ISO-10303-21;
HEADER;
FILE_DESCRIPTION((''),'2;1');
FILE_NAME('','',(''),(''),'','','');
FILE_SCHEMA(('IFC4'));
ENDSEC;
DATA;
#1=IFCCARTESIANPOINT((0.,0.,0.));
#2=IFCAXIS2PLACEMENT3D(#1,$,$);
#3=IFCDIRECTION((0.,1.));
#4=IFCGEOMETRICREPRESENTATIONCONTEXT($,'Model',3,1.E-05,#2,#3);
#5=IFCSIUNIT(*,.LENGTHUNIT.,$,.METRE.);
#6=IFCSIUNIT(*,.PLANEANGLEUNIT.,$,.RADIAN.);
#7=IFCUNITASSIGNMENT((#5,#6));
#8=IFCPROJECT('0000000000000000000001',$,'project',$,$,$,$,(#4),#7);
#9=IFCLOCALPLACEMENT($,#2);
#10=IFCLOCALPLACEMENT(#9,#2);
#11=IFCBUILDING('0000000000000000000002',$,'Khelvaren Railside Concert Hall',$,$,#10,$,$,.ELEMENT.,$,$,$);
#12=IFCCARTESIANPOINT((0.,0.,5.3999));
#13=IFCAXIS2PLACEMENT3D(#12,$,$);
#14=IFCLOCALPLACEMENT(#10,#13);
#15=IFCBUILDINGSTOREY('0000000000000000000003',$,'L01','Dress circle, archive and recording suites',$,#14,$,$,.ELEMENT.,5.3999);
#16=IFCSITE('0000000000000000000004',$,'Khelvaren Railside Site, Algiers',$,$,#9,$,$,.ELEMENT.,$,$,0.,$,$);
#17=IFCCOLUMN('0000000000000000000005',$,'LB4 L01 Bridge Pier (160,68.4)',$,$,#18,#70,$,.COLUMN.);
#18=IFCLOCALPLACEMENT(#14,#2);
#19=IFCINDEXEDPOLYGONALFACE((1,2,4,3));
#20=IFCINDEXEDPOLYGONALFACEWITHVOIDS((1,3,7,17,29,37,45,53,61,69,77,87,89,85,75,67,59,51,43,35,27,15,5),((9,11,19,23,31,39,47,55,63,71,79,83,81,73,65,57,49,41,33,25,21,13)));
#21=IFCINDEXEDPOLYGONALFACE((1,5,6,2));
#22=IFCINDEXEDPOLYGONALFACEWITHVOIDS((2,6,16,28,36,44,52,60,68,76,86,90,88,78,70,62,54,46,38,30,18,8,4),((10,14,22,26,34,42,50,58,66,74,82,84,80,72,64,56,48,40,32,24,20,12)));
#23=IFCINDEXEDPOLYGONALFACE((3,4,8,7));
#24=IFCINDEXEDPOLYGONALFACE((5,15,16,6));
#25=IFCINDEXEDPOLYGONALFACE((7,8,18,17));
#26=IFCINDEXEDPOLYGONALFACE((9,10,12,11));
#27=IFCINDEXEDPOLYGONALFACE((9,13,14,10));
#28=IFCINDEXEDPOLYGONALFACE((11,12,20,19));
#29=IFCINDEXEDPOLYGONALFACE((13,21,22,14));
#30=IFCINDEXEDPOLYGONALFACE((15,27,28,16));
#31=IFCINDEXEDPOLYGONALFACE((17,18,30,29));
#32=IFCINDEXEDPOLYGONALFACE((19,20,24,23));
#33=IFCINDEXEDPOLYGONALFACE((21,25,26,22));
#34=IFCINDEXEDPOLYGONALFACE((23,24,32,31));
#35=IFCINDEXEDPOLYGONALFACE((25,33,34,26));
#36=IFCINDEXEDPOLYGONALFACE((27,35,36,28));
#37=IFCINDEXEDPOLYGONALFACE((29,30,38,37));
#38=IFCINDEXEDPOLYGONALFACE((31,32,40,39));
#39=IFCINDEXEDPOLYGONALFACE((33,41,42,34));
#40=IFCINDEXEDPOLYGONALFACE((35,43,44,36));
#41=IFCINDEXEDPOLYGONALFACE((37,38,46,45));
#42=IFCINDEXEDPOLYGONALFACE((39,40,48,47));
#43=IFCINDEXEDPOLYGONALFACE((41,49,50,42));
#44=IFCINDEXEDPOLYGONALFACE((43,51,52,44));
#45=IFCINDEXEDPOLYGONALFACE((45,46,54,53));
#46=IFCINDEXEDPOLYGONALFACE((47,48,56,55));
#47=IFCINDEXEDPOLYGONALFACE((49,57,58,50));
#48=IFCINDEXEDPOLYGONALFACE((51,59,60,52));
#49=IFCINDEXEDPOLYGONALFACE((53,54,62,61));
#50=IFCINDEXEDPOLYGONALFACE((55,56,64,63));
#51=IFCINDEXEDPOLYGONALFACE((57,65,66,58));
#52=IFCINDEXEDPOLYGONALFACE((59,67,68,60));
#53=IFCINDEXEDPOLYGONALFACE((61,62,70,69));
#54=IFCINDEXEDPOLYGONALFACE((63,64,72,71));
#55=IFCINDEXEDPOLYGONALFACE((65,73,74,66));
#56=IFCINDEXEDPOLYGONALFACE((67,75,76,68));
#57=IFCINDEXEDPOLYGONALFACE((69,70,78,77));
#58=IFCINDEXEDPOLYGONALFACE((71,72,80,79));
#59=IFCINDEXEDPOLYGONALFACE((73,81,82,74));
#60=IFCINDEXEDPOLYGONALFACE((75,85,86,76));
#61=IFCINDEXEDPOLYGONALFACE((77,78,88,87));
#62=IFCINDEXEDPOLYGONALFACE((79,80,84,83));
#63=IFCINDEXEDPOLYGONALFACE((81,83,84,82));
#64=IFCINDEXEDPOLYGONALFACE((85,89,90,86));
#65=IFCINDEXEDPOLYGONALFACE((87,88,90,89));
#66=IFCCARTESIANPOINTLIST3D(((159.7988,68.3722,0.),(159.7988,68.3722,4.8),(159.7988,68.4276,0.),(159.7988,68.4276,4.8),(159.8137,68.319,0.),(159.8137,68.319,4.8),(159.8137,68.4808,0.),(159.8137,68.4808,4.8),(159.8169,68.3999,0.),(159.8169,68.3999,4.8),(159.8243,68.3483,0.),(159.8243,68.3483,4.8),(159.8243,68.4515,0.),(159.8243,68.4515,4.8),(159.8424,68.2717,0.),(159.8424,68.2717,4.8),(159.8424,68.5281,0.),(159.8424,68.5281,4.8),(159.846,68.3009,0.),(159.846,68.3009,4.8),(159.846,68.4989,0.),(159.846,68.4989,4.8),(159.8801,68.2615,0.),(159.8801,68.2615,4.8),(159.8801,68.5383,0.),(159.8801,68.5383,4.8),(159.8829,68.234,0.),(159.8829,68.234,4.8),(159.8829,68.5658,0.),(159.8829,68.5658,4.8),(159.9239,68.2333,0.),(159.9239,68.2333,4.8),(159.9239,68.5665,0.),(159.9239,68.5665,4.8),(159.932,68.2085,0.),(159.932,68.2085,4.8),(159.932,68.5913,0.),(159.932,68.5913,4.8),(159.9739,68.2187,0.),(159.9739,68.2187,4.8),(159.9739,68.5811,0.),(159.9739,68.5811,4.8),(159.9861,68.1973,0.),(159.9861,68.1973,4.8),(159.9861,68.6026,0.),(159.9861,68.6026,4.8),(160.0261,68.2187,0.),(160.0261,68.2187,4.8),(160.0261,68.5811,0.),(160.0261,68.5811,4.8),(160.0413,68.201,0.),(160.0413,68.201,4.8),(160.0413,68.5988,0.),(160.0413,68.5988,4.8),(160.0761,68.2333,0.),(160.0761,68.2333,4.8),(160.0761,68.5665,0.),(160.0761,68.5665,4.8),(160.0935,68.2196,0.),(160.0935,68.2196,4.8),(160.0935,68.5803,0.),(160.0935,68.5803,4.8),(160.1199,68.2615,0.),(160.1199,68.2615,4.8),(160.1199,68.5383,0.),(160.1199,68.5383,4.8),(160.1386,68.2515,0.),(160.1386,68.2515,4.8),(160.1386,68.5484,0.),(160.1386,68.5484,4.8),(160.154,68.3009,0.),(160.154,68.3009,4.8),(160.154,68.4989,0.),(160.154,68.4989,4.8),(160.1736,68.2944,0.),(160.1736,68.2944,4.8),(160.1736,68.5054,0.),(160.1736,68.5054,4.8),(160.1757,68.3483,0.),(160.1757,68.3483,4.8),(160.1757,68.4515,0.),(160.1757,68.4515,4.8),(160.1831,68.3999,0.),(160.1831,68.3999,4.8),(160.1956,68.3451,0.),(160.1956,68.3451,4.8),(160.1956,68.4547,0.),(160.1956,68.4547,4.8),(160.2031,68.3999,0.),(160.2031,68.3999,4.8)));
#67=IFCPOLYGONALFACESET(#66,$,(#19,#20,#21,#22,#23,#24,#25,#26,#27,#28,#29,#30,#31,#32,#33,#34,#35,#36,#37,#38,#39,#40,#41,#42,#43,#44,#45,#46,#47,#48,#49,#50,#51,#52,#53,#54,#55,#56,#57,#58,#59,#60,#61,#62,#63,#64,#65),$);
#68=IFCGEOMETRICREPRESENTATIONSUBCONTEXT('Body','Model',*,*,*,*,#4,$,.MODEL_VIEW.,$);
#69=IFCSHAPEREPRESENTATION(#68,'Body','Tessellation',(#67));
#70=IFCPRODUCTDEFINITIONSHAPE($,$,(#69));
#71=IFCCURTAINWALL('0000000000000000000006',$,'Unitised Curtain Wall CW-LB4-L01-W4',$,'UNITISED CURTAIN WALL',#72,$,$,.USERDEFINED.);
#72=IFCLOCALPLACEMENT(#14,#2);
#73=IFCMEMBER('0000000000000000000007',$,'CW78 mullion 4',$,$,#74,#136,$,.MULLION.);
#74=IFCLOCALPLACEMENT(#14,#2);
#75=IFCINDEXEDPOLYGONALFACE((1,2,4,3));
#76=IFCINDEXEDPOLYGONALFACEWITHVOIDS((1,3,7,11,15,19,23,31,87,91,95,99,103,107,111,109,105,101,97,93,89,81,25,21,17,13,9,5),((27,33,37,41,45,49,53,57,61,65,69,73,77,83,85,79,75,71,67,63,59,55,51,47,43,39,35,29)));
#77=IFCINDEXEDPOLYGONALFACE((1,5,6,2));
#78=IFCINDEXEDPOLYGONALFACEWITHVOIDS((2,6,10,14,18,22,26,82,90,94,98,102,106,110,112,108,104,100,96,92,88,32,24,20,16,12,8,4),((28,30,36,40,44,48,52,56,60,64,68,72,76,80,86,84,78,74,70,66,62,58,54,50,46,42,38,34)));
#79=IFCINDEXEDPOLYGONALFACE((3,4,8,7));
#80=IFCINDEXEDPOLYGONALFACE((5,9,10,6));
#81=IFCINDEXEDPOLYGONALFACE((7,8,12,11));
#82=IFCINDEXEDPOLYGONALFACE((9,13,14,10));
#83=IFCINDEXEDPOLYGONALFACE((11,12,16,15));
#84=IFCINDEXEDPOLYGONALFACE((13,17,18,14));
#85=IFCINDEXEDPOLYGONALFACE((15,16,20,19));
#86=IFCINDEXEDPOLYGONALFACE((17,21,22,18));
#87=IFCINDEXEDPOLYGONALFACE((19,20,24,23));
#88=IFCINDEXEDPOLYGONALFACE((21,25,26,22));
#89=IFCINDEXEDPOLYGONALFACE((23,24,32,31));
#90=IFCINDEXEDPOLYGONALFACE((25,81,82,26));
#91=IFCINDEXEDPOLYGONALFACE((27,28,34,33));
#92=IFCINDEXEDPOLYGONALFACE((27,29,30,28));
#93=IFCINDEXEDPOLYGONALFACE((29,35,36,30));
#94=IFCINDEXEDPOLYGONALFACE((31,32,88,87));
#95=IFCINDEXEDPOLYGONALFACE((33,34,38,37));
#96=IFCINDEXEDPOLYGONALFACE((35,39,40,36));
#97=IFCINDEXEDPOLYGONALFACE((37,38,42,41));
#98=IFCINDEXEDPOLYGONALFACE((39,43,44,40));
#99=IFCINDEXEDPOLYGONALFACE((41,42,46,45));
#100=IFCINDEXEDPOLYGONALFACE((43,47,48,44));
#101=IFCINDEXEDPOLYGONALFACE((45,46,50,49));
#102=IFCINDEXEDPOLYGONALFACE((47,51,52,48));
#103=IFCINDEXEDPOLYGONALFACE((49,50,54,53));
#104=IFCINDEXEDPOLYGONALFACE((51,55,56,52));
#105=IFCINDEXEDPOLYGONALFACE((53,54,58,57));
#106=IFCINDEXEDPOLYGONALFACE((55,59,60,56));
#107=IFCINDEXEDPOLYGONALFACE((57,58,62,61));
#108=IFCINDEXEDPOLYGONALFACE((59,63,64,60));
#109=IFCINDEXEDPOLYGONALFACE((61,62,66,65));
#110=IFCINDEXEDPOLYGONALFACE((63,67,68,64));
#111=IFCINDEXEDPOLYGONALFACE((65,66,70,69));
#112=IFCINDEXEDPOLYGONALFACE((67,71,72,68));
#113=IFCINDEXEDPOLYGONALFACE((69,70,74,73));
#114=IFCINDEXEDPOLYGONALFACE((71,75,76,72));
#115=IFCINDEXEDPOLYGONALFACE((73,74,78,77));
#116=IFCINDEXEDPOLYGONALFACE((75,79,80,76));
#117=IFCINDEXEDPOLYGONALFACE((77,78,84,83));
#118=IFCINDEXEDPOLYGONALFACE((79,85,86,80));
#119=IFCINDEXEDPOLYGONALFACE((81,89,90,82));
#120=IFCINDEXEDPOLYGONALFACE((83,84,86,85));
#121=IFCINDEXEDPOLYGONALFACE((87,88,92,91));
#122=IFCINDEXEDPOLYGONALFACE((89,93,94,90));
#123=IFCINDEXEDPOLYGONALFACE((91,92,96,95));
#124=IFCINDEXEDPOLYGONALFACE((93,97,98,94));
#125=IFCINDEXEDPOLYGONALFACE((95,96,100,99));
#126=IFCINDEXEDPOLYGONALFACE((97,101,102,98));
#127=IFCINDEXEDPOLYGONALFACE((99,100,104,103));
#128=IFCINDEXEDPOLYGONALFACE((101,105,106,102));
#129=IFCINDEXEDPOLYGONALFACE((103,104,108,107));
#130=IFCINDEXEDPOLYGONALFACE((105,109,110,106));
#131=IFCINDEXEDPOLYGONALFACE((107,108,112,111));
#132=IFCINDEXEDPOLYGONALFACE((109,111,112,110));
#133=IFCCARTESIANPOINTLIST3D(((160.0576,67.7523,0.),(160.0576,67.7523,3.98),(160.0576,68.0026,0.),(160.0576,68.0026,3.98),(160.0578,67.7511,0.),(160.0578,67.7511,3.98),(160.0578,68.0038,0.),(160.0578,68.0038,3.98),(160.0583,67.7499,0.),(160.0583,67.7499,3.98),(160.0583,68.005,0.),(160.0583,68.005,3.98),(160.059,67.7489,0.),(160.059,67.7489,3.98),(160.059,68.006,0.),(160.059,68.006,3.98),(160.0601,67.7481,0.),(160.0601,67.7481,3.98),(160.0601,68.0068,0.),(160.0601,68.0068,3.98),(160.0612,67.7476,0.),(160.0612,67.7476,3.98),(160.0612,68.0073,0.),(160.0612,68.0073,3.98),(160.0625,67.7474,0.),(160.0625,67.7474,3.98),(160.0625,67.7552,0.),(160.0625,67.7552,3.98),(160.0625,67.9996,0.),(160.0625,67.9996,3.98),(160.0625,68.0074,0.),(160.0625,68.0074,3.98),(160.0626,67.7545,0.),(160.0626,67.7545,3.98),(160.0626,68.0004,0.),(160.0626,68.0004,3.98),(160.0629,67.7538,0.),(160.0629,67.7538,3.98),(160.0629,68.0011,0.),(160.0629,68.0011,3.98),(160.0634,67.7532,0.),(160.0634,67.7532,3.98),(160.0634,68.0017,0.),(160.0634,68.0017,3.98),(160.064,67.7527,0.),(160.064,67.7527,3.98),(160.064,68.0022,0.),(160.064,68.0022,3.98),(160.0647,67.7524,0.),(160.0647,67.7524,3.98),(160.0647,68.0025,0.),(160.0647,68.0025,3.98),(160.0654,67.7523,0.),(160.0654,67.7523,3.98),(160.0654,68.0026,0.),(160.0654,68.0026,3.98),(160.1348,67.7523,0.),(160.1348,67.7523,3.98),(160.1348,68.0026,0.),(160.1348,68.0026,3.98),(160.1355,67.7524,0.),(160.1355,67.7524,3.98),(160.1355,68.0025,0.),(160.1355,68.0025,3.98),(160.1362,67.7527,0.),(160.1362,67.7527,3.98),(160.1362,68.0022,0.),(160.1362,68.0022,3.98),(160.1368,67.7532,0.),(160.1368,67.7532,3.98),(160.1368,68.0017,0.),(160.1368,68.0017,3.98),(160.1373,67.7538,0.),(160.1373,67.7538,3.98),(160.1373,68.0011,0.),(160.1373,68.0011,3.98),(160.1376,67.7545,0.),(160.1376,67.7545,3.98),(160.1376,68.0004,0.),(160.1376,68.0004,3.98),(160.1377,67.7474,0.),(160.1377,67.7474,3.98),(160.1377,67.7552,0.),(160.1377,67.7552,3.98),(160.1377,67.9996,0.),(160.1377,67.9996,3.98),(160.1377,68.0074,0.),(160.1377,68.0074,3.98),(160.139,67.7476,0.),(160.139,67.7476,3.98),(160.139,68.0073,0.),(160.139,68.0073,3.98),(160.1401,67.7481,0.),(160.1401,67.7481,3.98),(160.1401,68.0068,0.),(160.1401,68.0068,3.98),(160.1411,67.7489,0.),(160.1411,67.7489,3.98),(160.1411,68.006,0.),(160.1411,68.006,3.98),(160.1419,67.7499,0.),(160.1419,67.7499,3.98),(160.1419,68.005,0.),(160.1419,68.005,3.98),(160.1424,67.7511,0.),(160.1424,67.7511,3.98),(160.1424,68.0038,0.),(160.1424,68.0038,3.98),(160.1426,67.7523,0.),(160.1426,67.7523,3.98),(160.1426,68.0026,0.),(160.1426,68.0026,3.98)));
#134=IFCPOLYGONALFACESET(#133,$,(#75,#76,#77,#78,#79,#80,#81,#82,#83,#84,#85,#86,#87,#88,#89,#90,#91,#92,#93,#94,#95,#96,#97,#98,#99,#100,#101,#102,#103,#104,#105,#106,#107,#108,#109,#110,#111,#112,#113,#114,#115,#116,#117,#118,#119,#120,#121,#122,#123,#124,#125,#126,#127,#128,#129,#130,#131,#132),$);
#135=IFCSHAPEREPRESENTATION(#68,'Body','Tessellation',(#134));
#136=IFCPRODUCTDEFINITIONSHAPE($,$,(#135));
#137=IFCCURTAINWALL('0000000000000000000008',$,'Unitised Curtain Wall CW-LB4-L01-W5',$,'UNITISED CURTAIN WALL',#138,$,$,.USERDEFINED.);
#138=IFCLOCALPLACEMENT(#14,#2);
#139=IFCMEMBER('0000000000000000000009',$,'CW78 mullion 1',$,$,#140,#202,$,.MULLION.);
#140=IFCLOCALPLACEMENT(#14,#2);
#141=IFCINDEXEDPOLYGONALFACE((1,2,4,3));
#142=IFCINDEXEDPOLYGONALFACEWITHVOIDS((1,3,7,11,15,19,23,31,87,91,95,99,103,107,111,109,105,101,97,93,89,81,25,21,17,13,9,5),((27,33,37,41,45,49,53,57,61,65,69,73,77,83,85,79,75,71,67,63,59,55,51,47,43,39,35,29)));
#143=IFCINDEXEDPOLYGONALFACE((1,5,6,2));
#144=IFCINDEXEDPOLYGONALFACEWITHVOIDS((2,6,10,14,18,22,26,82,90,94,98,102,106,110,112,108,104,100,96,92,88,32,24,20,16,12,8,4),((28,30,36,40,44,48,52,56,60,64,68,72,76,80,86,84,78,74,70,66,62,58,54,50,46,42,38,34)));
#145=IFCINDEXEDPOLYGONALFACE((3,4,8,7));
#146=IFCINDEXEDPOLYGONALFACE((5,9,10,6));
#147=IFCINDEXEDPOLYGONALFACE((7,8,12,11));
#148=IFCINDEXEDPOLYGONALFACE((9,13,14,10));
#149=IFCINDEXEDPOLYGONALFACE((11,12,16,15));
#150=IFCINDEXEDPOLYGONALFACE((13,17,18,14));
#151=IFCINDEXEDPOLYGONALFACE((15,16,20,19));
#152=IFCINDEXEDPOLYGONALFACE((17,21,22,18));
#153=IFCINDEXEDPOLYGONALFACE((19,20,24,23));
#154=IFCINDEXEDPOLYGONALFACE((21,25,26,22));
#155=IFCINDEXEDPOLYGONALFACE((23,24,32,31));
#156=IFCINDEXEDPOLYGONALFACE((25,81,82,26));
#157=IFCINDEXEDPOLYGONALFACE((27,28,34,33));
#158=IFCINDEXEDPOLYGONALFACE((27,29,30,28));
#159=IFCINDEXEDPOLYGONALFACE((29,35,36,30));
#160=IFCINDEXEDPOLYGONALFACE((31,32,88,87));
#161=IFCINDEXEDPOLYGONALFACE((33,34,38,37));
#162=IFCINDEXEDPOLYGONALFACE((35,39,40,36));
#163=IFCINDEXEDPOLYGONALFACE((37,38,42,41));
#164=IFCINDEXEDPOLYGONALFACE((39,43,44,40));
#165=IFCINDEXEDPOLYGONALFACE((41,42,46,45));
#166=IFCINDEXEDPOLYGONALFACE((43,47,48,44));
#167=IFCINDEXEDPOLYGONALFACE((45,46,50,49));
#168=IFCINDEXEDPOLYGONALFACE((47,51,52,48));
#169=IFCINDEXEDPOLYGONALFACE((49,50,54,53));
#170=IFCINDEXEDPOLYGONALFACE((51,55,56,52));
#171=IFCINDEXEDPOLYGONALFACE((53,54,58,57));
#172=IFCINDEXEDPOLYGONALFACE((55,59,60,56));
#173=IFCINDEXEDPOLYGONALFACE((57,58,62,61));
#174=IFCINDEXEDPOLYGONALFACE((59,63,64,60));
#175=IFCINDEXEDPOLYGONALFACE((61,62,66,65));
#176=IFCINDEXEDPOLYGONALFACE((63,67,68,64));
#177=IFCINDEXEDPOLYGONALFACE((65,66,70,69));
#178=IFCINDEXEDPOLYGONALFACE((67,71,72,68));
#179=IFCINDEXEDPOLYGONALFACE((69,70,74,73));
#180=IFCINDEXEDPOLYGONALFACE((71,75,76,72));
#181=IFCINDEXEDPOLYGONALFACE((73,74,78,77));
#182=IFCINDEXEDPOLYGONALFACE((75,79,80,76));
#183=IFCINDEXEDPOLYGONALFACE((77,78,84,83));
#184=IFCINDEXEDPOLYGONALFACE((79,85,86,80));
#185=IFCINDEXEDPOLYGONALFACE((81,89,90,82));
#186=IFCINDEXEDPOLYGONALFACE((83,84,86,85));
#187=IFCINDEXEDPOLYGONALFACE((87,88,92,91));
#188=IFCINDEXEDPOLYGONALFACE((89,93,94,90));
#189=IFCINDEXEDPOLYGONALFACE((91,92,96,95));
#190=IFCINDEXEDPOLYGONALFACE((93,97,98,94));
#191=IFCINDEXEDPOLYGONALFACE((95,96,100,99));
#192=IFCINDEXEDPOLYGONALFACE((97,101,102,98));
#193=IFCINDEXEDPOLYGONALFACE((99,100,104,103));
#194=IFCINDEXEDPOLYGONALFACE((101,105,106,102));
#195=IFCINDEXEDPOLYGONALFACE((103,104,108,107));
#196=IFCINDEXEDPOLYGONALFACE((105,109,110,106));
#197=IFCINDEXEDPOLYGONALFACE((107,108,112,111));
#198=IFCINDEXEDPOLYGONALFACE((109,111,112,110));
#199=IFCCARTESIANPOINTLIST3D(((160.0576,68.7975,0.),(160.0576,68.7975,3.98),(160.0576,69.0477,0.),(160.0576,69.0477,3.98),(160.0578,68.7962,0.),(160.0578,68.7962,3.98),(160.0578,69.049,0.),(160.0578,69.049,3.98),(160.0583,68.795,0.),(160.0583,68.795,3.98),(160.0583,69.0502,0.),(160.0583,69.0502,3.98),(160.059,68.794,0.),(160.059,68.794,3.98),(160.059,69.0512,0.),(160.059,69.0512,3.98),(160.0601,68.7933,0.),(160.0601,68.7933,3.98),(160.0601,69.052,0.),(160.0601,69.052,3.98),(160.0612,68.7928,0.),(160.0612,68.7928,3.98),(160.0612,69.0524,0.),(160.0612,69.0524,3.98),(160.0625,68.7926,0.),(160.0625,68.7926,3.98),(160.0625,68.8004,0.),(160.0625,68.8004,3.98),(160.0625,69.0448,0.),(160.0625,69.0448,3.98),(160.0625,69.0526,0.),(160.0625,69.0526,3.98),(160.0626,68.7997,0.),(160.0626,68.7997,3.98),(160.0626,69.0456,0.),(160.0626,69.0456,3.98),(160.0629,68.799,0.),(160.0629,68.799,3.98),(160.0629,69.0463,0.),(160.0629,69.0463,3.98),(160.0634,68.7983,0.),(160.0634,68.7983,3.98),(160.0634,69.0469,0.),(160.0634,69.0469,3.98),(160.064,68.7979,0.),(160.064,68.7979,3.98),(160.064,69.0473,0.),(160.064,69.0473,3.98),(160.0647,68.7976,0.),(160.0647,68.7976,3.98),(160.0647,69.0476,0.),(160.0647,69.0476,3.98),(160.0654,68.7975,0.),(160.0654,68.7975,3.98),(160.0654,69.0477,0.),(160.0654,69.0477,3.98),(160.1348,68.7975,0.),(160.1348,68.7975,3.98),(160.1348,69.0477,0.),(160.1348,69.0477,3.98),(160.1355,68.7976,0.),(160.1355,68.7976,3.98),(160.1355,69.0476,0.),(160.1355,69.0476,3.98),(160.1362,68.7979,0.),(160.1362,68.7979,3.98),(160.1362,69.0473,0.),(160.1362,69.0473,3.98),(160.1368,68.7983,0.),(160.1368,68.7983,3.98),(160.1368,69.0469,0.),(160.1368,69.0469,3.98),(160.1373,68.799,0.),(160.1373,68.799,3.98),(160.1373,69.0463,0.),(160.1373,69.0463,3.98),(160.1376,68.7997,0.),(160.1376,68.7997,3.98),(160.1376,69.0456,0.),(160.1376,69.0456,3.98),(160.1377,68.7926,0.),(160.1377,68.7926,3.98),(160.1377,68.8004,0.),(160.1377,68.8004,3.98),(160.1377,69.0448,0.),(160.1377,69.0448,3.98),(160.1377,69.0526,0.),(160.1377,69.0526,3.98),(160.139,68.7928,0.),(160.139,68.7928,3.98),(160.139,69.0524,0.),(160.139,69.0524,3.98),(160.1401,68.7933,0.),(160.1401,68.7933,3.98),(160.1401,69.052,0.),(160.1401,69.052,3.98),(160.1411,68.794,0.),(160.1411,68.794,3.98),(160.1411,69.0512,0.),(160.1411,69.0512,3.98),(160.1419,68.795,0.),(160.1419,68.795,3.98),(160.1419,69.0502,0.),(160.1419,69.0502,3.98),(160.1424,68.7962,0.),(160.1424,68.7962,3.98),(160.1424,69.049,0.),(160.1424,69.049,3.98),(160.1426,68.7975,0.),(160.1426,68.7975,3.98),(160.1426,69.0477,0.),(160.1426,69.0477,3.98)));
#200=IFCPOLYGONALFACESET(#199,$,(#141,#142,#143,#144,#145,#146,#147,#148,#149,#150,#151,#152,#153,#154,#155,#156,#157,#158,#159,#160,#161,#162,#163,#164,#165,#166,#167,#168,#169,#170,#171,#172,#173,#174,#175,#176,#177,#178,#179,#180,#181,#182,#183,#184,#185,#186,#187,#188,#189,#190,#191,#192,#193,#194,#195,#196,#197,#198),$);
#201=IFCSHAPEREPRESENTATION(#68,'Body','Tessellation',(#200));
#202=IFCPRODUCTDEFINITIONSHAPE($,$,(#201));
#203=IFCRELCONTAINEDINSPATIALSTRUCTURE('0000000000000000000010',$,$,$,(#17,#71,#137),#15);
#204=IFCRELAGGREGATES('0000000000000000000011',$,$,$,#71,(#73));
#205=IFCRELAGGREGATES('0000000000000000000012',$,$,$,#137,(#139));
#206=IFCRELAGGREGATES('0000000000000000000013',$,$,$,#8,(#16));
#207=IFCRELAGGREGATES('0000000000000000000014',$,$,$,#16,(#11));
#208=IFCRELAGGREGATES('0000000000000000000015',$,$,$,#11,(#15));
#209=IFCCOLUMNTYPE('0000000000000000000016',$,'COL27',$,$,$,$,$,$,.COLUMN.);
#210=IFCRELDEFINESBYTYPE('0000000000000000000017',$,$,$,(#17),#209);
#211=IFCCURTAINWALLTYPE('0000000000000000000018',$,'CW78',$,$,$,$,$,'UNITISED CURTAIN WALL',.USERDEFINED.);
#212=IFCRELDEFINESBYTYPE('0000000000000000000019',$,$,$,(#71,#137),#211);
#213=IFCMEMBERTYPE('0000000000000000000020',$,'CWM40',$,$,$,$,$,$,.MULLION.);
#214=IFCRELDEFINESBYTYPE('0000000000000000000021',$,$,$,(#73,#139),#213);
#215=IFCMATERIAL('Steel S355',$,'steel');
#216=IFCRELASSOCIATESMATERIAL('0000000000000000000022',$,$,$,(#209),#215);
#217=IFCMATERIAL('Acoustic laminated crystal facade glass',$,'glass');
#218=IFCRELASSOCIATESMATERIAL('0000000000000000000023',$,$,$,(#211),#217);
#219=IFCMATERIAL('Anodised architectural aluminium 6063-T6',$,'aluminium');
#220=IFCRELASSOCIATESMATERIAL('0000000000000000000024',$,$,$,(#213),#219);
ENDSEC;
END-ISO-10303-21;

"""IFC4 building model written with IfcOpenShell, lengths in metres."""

from ifc_helpers import new_model, si_unit, direction, frame, origin, origin_2d, place, context, subcontext, project, spatial, hollow_rectangle, hollow_circle, extrude, material, material_profile, profile_set, type_object, element, aggregate, save


model = new_model("IFC4")

# Units and contexts
model_context = context("Model", 3, precision=1e-05, world=origin(), true_north=direction((0.0, 1.0)))
body_context = subcontext(model_context, "Body", "Model", "MODEL_VIEW")
ifc_project = project(units=[si_unit("LENGTHUNIT", "METRE"), si_unit("PLANEANGLEUNIT", "RADIAN")], contexts=[model_context])

# Site, building, storey
site_placement = place(None, origin())
site = spatial("IfcSite", under=ifc_project, at=site_placement, Name="Khelvaren Railside Site, Algiers", CompositionType="ELEMENT", RefElevation=0.0)
building_placement = place(site_placement, origin())
building = spatial("IfcBuilding", under=site, at=building_placement, Name="Khelvaren Railside Concert Hall", CompositionType="ELEMENT")
storey_placement = place(building_placement, frame((0.0, 0.0, 5.3999)))
storey = spatial("IfcBuildingStorey", under=building, at=storey_placement, Name="L01", Description="Dress circle, archive and recording suites", CompositionType="ELEMENT", Elevation=5.3999)

# Column
ifc_material_1 = material(Name="Steel S355", Category="steel")
ifc_material_profile_1 = material_profile(ifc_material_1, hollow_circle(Radius=0.2031, WallThickness=0.02, at=origin_2d()), Name="CHS 406.4x20")
ifc_profile_set_1 = profile_set([ifc_material_profile_1], Name="Steel S355")
column_type = type_object("IfcColumnType", Name="COL27", PredefinedType="COLUMN", material=ifc_profile_set_1)
column_placement = place(storey_placement, frame((160.0, 68.3999, 0.0), z_axis=(0.0, 0.0, 1.0), x_axis=(1.0, 0.0, 0.0)))
element("IfcColumn", 1, at=column_placement, inside=storey, type_object=column_type, Name="LB4 L01 Bridge Pier (160,68.4)", PredefinedType="COLUMN", context=body_context, shape_type="SweptSolid", body=[
    extrude(hollow_circle(Radius=0.2031, WallThickness=0.02, at=origin_2d()), origin(), (0.0, 0.0, 1.0), 4.8),
])

# Curtain wall, member
ifc_material_2 = material(Name="Acoustic laminated crystal facade glass", Category="glass")
curtain_wall_type = type_object("IfcCurtainWallType", Name="CW78", ElementType="UNITISED CURTAIN WALL", PredefinedType="USERDEFINED", material=ifc_material_2)
curtain_wall_1_placement = place(storey_placement, origin())
curtain_wall_1 = element("IfcCurtainWall", 2, at=curtain_wall_1_placement, inside=storey, type_object=curtain_wall_type, Name="Unitised Curtain Wall CW-LB4-L01-W4", ObjectType="UNITISED CURTAIN WALL", PredefinedType="USERDEFINED")
ifc_material_3 = material(Name="Anodised architectural aluminium 6063-T6", Category="aluminium")
ifc_material_profile_2 = material_profile(ifc_material_3, hollow_rectangle(XDim=0.085, YDim=0.26, WallThickness=0.0049, InnerFilletRadius=0.0029, OuterFilletRadius=0.0049, at=origin_2d()), Name="CWM 85x260x5")
ifc_profile_set_2 = profile_set([ifc_material_profile_2], Name="Anodised architectural aluminium 6063-T6")
member_type_1 = type_object("IfcMemberType", Name="CWM40", PredefinedType="MULLION", material=ifc_profile_set_2)
member_1_placement = place(storey_placement, frame((160.1001, 67.8774, 0.0), z_axis=(0.0, 0.0, 1.0), x_axis=(-1.0, 0.0, 0.0)))
member_1 = element("IfcMember", 3, at=member_1_placement, type_object=member_type_1, Name="CW78 mullion 4", PredefinedType="MULLION", context=body_context, shape_type="SweptSolid", body=[
    extrude(hollow_rectangle(XDim=0.085, YDim=0.26, WallThickness=0.0049, InnerFilletRadius=0.0029, OuterFilletRadius=0.0049, at=origin_2d()), origin(), (0.0, 0.0, 1.0), 3.98),
])

# Curtain wall, member
curtain_wall_2_placement = place(storey_placement, origin())
curtain_wall_2 = element("IfcCurtainWall", 4, at=curtain_wall_2_placement, inside=storey, type_object=curtain_wall_type, Name="Unitised Curtain Wall CW-LB4-L01-W5", ObjectType="UNITISED CURTAIN WALL", PredefinedType="USERDEFINED")
member_2_placement = place(storey_placement, frame((160.1001, 68.9226, 0.0), z_axis=(0.0, 0.0, 1.0), x_axis=(-1.0, 0.0, 0.0)))
member_2 = element("IfcMember", 5, at=member_2_placement, type_object=member_type_1, Name="CW78 mullion 1", PredefinedType="MULLION", context=body_context, shape_type="SweptSolid", body=[
    extrude(hollow_rectangle(XDim=0.085, YDim=0.26, WallThickness=0.0049, InnerFilletRadius=0.0029, OuterFilletRadius=0.0049, at=origin_2d()), origin(), (0.0, 0.0, 1.0), 3.98),
])

aggregate(curtain_wall_1, [member_1])
aggregate(curtain_wall_2, [member_2])

save(model, "model.ifc")
